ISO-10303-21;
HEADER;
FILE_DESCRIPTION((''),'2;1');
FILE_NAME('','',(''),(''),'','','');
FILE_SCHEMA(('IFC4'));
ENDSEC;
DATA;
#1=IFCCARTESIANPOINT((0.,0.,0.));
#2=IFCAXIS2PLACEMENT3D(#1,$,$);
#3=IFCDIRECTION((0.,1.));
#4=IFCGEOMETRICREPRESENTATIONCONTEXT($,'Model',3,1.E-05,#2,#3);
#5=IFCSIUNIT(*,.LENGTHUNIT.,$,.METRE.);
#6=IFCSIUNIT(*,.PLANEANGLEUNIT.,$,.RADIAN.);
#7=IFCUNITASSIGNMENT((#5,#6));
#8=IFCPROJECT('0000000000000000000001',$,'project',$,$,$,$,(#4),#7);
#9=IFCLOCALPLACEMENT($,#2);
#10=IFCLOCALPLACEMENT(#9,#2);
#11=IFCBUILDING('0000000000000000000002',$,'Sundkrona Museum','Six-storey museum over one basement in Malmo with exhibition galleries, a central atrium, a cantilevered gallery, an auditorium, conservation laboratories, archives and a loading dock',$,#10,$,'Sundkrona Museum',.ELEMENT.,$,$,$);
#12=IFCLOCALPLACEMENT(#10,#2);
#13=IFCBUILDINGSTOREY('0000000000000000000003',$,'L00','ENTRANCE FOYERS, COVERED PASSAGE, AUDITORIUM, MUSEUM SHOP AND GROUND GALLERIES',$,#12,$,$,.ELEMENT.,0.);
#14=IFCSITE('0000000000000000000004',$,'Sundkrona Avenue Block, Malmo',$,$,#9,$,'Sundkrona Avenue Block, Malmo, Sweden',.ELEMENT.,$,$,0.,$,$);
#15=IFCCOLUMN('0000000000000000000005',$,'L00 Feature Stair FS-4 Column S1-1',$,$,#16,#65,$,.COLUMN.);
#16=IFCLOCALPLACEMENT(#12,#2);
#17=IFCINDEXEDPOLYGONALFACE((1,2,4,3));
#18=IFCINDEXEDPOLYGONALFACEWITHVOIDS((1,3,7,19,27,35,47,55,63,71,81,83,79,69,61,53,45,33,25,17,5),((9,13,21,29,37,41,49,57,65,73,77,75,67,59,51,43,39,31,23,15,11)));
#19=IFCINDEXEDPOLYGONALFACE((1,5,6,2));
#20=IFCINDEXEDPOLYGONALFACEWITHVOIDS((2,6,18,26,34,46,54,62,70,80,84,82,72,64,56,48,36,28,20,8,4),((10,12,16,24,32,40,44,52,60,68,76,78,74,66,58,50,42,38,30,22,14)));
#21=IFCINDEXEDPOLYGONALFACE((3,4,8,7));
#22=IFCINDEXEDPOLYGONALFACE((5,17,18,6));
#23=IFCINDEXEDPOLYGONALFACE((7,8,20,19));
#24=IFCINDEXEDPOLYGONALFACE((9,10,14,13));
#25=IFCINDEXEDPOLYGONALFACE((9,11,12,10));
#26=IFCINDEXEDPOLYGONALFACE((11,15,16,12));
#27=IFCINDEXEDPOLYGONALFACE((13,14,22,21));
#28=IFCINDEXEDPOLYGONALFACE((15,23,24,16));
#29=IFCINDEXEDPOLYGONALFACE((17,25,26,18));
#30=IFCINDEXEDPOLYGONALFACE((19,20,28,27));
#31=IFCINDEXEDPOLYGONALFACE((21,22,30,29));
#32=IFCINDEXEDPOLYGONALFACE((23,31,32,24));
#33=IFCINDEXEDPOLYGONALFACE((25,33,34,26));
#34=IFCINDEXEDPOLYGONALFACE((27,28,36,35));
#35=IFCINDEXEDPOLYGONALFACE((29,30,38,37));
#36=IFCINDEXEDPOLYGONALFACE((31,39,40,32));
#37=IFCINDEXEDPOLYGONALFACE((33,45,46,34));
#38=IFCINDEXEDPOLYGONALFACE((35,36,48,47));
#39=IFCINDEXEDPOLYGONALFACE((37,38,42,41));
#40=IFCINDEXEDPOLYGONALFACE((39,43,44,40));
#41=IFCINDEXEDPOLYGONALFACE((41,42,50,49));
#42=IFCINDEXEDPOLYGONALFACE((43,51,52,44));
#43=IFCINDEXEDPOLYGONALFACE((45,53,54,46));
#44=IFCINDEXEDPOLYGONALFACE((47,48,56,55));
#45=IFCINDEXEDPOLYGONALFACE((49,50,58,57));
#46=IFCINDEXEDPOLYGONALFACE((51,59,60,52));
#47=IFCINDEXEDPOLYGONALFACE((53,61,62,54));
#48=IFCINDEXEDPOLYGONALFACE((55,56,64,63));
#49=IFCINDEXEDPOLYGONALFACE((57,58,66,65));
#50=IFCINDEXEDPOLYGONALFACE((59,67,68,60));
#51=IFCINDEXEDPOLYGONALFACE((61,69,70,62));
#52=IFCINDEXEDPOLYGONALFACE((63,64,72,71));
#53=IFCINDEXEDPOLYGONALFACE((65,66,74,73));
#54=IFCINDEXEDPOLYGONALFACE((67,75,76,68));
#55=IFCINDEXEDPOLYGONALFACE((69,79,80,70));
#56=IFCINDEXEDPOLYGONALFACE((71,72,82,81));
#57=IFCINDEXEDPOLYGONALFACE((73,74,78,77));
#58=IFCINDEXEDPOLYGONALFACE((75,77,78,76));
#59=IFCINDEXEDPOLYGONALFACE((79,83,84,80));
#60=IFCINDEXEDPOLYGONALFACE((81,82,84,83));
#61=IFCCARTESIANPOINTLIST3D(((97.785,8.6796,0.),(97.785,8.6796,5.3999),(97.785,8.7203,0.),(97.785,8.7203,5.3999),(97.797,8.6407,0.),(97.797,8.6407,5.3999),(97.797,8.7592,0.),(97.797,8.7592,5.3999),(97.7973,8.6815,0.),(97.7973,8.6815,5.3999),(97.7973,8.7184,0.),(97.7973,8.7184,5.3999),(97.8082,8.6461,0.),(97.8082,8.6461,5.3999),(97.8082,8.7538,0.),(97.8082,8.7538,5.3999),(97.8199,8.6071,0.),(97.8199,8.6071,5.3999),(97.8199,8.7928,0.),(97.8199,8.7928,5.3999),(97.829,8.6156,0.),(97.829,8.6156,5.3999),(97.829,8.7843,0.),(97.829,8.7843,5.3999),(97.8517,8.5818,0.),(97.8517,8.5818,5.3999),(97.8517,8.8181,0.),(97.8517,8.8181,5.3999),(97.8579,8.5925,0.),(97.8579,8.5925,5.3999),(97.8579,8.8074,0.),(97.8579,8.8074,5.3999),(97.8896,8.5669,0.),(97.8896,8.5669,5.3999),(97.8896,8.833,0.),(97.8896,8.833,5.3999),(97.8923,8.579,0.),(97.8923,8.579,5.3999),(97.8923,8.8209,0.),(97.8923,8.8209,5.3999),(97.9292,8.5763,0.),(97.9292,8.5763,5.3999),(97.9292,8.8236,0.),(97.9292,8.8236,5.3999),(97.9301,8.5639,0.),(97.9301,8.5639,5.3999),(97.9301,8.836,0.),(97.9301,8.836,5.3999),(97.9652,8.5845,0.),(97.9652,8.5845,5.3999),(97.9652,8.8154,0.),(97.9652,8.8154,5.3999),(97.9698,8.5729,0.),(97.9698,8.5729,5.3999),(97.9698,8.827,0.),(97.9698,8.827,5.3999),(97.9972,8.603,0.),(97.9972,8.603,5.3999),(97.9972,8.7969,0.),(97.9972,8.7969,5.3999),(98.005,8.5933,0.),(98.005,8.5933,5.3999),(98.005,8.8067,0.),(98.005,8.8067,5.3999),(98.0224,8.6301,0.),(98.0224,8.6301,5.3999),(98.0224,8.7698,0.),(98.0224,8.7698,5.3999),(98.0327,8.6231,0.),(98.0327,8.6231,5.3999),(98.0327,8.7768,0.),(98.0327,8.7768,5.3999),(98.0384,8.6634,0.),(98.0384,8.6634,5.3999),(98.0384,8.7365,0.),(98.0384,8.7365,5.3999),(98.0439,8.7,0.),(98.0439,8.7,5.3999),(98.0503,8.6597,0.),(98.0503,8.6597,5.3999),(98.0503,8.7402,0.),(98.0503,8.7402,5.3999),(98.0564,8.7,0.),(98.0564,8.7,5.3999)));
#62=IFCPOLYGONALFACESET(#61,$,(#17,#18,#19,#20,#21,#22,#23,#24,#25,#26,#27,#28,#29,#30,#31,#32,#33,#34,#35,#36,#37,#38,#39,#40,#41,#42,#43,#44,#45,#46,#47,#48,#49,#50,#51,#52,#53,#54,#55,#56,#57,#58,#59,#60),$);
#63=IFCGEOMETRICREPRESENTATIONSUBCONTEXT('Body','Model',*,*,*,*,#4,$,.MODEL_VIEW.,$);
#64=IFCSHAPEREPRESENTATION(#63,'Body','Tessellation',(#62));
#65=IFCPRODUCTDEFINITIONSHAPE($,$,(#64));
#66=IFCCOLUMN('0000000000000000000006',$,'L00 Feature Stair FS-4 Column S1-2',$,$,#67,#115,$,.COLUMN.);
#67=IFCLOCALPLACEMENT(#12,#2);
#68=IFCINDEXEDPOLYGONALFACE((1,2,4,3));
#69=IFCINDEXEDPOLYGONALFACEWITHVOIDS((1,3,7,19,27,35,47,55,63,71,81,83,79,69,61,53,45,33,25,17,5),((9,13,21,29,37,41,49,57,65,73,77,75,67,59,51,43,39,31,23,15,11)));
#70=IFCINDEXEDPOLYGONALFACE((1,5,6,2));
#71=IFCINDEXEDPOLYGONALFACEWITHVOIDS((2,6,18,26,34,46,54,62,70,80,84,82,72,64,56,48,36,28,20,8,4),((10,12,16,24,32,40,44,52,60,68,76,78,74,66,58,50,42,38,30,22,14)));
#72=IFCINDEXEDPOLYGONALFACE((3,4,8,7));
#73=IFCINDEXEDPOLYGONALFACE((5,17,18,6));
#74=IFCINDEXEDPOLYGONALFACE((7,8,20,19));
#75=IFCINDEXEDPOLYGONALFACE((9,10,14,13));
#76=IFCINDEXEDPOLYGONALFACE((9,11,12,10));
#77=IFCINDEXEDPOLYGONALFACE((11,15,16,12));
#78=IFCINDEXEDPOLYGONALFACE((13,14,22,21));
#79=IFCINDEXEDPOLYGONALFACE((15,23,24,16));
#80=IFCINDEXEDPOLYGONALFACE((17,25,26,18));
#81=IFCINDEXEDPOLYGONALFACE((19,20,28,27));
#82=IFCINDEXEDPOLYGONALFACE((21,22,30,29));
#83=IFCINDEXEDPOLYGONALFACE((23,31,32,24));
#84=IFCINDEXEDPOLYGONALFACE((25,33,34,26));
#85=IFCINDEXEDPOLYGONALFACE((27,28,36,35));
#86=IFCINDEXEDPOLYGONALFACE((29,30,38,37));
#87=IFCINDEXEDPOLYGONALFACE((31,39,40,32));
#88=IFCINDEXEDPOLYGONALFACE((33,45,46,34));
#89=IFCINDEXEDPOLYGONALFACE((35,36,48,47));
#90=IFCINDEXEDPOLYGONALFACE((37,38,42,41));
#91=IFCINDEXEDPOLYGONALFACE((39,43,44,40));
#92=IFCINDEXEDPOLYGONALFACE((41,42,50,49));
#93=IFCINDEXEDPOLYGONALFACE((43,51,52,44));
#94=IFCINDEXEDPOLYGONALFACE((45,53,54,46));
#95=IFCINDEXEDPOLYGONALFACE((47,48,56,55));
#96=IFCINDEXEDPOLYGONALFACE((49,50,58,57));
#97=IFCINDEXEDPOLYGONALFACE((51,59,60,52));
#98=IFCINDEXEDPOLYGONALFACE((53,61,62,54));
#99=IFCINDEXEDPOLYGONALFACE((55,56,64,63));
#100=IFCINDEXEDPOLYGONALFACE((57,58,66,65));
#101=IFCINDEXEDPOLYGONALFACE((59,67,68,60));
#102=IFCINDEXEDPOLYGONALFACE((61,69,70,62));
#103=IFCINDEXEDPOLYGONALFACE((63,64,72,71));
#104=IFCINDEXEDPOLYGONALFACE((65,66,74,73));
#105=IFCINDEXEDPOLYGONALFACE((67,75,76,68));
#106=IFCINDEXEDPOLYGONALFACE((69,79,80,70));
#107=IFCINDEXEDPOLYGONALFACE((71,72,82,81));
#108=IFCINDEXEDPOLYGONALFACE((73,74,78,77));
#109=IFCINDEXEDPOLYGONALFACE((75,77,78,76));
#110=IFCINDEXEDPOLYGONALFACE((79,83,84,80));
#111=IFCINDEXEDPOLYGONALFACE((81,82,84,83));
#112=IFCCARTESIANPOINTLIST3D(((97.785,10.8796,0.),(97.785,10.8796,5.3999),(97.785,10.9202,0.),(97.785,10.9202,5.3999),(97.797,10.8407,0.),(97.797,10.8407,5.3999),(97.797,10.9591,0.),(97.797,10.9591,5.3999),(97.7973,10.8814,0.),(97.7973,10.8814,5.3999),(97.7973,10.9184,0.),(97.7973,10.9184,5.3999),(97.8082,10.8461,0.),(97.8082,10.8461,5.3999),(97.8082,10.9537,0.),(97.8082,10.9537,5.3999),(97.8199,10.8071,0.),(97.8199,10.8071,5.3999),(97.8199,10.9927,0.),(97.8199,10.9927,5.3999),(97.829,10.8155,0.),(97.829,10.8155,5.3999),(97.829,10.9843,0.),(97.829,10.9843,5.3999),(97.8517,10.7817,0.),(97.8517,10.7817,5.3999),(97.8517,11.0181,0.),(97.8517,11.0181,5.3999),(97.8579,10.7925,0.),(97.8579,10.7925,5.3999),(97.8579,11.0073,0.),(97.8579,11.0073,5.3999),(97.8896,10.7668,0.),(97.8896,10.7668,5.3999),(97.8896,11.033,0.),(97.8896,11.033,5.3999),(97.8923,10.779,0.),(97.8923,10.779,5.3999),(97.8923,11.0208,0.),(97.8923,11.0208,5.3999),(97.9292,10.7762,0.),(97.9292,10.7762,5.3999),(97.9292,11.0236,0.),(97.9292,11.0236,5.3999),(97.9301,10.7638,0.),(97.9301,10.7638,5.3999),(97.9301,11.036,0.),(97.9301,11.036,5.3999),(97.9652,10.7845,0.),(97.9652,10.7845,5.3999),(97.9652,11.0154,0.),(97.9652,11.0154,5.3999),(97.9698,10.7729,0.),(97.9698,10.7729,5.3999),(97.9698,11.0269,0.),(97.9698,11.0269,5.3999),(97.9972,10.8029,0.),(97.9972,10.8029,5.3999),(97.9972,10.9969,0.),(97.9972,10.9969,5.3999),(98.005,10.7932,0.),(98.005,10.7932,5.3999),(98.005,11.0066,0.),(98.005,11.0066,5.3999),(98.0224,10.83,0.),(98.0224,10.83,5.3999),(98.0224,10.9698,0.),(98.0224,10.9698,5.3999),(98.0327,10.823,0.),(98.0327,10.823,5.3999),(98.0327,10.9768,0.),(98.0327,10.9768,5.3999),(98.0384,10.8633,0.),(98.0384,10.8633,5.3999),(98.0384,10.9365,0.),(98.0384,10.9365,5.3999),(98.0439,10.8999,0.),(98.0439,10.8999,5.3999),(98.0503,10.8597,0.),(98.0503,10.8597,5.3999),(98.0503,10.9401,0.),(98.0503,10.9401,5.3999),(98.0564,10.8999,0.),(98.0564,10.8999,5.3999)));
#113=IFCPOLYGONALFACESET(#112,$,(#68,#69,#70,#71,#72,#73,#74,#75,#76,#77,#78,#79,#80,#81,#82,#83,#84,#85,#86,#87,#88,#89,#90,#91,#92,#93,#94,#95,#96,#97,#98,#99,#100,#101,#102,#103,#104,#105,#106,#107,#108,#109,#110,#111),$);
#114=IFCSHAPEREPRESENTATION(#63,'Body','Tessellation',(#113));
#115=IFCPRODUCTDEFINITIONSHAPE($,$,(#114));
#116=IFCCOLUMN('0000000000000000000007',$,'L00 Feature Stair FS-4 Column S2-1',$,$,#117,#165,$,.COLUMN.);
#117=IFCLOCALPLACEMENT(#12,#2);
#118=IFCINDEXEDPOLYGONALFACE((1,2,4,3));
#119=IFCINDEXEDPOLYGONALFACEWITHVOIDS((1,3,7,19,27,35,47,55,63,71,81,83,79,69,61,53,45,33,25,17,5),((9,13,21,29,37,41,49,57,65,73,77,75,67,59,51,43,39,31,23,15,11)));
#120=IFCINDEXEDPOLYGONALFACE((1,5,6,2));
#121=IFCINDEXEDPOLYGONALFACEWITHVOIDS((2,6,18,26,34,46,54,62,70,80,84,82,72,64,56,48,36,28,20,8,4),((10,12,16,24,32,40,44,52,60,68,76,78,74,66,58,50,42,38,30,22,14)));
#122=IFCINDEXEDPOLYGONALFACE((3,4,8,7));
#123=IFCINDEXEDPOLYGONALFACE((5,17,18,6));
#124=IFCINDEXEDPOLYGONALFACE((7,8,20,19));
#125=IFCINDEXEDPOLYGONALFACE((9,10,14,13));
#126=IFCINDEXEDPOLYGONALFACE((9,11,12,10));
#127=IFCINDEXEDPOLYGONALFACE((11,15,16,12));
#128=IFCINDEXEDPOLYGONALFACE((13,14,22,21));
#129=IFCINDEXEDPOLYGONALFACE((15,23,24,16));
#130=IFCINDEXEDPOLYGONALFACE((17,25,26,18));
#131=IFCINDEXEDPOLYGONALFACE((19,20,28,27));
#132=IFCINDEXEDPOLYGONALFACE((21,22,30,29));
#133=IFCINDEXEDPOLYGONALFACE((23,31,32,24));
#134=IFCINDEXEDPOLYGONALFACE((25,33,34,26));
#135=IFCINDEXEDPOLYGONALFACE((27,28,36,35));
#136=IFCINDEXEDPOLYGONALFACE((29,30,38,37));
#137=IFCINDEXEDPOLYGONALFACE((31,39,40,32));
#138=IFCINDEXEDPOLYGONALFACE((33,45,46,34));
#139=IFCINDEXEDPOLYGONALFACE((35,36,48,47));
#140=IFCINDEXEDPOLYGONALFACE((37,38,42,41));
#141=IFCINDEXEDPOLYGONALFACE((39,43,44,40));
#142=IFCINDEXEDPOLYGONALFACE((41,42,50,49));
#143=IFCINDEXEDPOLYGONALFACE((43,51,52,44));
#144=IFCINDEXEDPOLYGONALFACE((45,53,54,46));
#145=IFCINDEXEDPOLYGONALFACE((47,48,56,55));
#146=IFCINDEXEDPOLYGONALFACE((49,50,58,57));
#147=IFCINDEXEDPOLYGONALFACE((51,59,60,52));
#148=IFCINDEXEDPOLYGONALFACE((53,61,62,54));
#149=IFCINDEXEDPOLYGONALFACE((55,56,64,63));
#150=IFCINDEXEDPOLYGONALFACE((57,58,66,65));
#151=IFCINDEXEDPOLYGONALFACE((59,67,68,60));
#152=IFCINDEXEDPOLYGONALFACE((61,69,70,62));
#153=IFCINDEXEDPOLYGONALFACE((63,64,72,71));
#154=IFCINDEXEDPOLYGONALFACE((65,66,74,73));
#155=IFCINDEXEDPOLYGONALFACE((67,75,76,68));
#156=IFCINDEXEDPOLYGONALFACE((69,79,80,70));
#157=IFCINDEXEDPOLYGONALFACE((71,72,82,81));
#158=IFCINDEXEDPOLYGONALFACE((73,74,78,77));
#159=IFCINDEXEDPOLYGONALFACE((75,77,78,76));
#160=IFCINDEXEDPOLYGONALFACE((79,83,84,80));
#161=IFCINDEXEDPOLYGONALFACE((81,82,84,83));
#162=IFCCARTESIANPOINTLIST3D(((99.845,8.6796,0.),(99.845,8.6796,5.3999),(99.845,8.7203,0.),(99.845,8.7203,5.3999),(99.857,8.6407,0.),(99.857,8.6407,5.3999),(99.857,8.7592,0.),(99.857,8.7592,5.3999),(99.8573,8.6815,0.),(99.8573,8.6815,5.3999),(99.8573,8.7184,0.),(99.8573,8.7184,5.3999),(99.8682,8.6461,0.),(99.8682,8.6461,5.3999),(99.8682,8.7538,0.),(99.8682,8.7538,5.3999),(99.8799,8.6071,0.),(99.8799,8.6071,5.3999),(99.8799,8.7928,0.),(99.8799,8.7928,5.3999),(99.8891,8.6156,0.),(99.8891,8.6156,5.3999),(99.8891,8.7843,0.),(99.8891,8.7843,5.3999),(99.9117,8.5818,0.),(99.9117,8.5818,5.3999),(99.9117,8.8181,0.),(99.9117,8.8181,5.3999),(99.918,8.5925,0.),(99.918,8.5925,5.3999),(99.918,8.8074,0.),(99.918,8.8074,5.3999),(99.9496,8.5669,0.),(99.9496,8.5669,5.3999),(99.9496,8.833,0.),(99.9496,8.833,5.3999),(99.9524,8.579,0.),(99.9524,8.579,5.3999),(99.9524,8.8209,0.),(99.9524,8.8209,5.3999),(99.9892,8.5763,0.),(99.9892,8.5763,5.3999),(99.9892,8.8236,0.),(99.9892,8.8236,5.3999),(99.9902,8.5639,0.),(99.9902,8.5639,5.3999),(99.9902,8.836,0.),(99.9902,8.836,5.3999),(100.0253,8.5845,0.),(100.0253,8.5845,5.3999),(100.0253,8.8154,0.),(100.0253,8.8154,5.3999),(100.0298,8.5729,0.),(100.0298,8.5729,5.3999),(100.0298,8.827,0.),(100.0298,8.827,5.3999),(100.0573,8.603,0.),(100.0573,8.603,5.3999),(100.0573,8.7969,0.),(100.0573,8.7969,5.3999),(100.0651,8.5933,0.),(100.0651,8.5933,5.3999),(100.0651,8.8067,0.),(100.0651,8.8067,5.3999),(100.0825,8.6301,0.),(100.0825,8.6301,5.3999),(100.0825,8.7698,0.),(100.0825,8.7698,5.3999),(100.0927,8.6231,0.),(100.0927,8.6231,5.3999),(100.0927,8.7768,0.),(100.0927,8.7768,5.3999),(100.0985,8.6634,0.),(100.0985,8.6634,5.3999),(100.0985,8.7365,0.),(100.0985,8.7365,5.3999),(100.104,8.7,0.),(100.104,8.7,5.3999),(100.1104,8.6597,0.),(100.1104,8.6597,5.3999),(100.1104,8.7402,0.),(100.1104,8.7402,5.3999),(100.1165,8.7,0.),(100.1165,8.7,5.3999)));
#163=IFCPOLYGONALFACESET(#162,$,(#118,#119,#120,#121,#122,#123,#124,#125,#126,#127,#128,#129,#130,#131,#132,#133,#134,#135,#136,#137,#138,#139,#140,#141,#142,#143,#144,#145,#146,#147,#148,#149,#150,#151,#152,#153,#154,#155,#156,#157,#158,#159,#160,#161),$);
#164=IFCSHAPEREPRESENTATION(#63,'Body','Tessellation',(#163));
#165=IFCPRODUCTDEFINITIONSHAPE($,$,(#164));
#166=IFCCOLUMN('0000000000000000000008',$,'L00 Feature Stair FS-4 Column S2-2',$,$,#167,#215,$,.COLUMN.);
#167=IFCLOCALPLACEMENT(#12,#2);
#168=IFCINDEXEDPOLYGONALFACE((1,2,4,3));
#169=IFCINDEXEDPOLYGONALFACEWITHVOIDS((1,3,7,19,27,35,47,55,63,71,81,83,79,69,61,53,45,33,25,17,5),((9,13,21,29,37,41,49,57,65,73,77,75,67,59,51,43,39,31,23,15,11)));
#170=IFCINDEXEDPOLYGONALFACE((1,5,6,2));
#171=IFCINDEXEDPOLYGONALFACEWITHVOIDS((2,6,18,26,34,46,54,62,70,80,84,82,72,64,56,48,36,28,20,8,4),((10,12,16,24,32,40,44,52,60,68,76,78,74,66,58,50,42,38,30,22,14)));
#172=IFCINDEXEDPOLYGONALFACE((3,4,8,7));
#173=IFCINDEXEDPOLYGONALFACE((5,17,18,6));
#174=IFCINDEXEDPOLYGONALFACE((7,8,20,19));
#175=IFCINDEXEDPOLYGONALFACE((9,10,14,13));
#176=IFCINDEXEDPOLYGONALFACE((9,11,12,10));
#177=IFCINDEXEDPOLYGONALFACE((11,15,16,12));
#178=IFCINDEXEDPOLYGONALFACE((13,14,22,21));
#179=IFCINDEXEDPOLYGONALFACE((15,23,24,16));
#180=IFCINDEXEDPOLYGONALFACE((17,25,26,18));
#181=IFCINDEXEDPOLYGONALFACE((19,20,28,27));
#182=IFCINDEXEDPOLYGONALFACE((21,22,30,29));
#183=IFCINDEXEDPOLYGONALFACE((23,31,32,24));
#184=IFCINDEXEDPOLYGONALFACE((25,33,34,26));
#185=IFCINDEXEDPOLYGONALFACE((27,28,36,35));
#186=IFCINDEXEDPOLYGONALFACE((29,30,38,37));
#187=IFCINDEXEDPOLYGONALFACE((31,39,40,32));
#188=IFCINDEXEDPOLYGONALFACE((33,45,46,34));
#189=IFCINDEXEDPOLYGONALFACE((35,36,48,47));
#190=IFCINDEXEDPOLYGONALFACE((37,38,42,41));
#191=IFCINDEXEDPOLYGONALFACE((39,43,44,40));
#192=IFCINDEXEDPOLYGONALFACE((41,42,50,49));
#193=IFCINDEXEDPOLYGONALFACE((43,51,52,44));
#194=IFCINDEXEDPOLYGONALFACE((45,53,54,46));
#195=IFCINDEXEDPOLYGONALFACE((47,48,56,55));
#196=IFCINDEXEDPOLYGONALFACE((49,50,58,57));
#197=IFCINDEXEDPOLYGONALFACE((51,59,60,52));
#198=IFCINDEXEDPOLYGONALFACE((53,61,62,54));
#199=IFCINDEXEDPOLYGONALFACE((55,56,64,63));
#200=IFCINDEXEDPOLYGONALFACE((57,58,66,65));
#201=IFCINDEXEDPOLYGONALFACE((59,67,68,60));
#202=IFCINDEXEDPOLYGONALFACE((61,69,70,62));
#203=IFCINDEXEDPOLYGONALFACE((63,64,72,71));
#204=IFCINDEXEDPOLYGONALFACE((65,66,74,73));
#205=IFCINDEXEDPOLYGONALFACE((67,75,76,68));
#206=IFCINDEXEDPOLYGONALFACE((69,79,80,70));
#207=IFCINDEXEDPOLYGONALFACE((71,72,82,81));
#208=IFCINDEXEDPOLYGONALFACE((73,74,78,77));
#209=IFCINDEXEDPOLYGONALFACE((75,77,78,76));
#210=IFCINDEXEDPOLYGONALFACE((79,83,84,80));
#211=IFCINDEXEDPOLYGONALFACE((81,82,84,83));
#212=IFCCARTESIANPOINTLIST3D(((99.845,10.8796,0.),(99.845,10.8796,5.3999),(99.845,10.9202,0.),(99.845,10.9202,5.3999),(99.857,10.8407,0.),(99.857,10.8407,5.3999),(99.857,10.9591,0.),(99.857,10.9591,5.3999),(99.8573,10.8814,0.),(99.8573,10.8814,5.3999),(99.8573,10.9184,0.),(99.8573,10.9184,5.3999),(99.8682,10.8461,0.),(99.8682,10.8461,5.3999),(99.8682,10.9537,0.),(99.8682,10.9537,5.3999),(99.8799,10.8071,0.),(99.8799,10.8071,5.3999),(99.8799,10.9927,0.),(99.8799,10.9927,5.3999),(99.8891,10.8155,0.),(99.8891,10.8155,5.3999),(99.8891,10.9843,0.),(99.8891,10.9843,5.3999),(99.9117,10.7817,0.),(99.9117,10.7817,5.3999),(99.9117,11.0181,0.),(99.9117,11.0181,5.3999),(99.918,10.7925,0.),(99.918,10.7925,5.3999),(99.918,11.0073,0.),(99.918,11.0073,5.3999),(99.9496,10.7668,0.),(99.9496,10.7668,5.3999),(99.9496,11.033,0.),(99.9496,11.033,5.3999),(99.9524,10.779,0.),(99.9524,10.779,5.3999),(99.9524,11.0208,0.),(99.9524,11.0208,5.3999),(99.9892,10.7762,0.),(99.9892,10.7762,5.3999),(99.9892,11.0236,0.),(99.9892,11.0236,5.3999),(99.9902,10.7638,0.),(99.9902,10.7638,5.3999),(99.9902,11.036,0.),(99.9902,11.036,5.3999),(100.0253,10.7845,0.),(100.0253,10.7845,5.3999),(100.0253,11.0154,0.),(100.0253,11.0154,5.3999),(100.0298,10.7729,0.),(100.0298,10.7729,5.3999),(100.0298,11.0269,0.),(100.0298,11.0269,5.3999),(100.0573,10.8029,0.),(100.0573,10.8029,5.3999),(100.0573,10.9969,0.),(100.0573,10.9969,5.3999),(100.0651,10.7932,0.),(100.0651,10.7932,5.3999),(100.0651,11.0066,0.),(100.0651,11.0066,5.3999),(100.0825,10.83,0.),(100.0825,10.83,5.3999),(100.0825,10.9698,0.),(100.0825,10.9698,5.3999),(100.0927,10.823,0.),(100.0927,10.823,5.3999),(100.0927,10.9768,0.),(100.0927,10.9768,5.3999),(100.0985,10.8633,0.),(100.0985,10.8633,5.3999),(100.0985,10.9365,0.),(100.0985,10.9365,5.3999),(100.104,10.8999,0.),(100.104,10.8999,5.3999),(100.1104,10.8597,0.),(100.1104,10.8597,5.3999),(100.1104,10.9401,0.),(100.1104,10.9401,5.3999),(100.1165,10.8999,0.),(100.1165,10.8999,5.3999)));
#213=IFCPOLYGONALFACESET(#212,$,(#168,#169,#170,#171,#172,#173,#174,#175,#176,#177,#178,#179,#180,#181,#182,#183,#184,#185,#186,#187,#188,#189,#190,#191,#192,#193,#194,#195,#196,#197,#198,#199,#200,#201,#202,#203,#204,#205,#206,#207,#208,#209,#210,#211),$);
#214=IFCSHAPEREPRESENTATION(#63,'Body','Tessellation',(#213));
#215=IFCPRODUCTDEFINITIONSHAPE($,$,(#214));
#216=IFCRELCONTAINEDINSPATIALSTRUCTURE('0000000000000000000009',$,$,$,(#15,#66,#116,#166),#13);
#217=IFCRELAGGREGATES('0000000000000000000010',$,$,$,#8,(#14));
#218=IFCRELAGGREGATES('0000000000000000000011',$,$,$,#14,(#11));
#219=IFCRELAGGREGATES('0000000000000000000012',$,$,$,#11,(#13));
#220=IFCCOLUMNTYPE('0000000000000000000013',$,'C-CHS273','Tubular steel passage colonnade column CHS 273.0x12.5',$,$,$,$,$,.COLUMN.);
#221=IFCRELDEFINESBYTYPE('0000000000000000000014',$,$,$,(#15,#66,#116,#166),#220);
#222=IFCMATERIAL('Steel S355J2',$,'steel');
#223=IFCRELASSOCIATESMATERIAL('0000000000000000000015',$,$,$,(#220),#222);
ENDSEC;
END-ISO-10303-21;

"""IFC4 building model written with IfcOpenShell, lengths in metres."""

from ifc_helpers import new_model, si_unit, direction, frame, origin, origin_2d, place, context, subcontext, project, spatial, hollow_circle, extrude, material, material_profile, profile_set, type_object, element, save


model = new_model("IFC4")

# Units and contexts
model_context = context("Model", 3, precision=1e-05, world=origin(), true_north=direction((0.0, 1.0)))
body_context = subcontext(model_context, "Body", "Model", "MODEL_VIEW")
ifc_project = project(units=[si_unit("LENGTHUNIT", "METRE"), si_unit("PLANEANGLEUNIT", "RADIAN")], contexts=[model_context])

# Site, building, storey
site_placement = place(None, origin())
site = spatial("IfcSite", under=ifc_project, at=site_placement, Name="Sundkrona Avenue Block, Malmo", LongName="Sundkrona Avenue Block, Malmo, Sweden", CompositionType="ELEMENT", RefElevation=0.0)
building_placement = place(site_placement, origin())
building = spatial("IfcBuilding", under=site, at=building_placement, Name="Sundkrona Museum", Description="Six-storey museum over one basement in Malmo with exhibition galleries, a central atrium, a cantilevered gallery, an auditorium, conservation laboratories, archives and a loading dock", LongName="Sundkrona Museum", CompositionType="ELEMENT")
storey_placement = place(building_placement, origin())
storey = spatial("IfcBuildingStorey", under=building, at=storey_placement, Name="L00", Description="ENTRANCE FOYERS, COVERED PASSAGE, AUDITORIUM, MUSEUM SHOP AND GROUND GALLERIES", CompositionType="ELEMENT", Elevation=0.0)

# Columns
ifc_material_1 = material(Name="Steel S355J2", Category="steel")
ifc_material_profile_1 = material_profile(ifc_material_1, hollow_circle(Radius=0.1365, WallThickness=0.0125, at=origin_2d()), Name="CHS 273.0x12.5")
ifc_profile_set_1 = profile_set([ifc_material_profile_1], Name="Steel S355J2")
column_type_1 = type_object("IfcColumnType", Name="C-CHS273", Description="Tubular steel passage colonnade column CHS 273.0x12.5", PredefinedType="COLUMN", material=ifc_profile_set_1)
for number, where, z_axis, x_axis, name in (
    (1, (97.9199, 8.7, 0.0), (0.0, 0.0, 1.0), (1.0, 0.0, 0.0), "L00 Feature Stair FS-4 Column S1-1"),
    (2, (97.9199, 10.8999, 0.0), (0.0, 0.0, 1.0), (1.0, 0.0, 0.0), "L00 Feature Stair FS-4 Column S1-2"),
    (3, (99.98, 8.7, 0.0), (0.0, 0.0, 1.0), (1.0, 0.0, 0.0), "L00 Feature Stair FS-4 Column S2-1"),
    (4, (99.98, 10.8999, 0.0), (0.0, 0.0, 1.0), (1.0, 0.0, 0.0), "L00 Feature Stair FS-4 Column S2-2"),
):
    element("IfcColumn", number, at=place(storey_placement, frame(where, z_axis=z_axis, x_axis=x_axis)), inside=storey, type_object=column_type_1, Name=name, PredefinedType="COLUMN", context=body_context, shape_type="SweptSolid", body=[
        extrude(hollow_circle(Radius=0.1365, WallThickness=0.0125, at=origin_2d()), origin(), (0.0, 0.0, 1.0), 5.3999),
    ])

save(model, "model.ifc")
